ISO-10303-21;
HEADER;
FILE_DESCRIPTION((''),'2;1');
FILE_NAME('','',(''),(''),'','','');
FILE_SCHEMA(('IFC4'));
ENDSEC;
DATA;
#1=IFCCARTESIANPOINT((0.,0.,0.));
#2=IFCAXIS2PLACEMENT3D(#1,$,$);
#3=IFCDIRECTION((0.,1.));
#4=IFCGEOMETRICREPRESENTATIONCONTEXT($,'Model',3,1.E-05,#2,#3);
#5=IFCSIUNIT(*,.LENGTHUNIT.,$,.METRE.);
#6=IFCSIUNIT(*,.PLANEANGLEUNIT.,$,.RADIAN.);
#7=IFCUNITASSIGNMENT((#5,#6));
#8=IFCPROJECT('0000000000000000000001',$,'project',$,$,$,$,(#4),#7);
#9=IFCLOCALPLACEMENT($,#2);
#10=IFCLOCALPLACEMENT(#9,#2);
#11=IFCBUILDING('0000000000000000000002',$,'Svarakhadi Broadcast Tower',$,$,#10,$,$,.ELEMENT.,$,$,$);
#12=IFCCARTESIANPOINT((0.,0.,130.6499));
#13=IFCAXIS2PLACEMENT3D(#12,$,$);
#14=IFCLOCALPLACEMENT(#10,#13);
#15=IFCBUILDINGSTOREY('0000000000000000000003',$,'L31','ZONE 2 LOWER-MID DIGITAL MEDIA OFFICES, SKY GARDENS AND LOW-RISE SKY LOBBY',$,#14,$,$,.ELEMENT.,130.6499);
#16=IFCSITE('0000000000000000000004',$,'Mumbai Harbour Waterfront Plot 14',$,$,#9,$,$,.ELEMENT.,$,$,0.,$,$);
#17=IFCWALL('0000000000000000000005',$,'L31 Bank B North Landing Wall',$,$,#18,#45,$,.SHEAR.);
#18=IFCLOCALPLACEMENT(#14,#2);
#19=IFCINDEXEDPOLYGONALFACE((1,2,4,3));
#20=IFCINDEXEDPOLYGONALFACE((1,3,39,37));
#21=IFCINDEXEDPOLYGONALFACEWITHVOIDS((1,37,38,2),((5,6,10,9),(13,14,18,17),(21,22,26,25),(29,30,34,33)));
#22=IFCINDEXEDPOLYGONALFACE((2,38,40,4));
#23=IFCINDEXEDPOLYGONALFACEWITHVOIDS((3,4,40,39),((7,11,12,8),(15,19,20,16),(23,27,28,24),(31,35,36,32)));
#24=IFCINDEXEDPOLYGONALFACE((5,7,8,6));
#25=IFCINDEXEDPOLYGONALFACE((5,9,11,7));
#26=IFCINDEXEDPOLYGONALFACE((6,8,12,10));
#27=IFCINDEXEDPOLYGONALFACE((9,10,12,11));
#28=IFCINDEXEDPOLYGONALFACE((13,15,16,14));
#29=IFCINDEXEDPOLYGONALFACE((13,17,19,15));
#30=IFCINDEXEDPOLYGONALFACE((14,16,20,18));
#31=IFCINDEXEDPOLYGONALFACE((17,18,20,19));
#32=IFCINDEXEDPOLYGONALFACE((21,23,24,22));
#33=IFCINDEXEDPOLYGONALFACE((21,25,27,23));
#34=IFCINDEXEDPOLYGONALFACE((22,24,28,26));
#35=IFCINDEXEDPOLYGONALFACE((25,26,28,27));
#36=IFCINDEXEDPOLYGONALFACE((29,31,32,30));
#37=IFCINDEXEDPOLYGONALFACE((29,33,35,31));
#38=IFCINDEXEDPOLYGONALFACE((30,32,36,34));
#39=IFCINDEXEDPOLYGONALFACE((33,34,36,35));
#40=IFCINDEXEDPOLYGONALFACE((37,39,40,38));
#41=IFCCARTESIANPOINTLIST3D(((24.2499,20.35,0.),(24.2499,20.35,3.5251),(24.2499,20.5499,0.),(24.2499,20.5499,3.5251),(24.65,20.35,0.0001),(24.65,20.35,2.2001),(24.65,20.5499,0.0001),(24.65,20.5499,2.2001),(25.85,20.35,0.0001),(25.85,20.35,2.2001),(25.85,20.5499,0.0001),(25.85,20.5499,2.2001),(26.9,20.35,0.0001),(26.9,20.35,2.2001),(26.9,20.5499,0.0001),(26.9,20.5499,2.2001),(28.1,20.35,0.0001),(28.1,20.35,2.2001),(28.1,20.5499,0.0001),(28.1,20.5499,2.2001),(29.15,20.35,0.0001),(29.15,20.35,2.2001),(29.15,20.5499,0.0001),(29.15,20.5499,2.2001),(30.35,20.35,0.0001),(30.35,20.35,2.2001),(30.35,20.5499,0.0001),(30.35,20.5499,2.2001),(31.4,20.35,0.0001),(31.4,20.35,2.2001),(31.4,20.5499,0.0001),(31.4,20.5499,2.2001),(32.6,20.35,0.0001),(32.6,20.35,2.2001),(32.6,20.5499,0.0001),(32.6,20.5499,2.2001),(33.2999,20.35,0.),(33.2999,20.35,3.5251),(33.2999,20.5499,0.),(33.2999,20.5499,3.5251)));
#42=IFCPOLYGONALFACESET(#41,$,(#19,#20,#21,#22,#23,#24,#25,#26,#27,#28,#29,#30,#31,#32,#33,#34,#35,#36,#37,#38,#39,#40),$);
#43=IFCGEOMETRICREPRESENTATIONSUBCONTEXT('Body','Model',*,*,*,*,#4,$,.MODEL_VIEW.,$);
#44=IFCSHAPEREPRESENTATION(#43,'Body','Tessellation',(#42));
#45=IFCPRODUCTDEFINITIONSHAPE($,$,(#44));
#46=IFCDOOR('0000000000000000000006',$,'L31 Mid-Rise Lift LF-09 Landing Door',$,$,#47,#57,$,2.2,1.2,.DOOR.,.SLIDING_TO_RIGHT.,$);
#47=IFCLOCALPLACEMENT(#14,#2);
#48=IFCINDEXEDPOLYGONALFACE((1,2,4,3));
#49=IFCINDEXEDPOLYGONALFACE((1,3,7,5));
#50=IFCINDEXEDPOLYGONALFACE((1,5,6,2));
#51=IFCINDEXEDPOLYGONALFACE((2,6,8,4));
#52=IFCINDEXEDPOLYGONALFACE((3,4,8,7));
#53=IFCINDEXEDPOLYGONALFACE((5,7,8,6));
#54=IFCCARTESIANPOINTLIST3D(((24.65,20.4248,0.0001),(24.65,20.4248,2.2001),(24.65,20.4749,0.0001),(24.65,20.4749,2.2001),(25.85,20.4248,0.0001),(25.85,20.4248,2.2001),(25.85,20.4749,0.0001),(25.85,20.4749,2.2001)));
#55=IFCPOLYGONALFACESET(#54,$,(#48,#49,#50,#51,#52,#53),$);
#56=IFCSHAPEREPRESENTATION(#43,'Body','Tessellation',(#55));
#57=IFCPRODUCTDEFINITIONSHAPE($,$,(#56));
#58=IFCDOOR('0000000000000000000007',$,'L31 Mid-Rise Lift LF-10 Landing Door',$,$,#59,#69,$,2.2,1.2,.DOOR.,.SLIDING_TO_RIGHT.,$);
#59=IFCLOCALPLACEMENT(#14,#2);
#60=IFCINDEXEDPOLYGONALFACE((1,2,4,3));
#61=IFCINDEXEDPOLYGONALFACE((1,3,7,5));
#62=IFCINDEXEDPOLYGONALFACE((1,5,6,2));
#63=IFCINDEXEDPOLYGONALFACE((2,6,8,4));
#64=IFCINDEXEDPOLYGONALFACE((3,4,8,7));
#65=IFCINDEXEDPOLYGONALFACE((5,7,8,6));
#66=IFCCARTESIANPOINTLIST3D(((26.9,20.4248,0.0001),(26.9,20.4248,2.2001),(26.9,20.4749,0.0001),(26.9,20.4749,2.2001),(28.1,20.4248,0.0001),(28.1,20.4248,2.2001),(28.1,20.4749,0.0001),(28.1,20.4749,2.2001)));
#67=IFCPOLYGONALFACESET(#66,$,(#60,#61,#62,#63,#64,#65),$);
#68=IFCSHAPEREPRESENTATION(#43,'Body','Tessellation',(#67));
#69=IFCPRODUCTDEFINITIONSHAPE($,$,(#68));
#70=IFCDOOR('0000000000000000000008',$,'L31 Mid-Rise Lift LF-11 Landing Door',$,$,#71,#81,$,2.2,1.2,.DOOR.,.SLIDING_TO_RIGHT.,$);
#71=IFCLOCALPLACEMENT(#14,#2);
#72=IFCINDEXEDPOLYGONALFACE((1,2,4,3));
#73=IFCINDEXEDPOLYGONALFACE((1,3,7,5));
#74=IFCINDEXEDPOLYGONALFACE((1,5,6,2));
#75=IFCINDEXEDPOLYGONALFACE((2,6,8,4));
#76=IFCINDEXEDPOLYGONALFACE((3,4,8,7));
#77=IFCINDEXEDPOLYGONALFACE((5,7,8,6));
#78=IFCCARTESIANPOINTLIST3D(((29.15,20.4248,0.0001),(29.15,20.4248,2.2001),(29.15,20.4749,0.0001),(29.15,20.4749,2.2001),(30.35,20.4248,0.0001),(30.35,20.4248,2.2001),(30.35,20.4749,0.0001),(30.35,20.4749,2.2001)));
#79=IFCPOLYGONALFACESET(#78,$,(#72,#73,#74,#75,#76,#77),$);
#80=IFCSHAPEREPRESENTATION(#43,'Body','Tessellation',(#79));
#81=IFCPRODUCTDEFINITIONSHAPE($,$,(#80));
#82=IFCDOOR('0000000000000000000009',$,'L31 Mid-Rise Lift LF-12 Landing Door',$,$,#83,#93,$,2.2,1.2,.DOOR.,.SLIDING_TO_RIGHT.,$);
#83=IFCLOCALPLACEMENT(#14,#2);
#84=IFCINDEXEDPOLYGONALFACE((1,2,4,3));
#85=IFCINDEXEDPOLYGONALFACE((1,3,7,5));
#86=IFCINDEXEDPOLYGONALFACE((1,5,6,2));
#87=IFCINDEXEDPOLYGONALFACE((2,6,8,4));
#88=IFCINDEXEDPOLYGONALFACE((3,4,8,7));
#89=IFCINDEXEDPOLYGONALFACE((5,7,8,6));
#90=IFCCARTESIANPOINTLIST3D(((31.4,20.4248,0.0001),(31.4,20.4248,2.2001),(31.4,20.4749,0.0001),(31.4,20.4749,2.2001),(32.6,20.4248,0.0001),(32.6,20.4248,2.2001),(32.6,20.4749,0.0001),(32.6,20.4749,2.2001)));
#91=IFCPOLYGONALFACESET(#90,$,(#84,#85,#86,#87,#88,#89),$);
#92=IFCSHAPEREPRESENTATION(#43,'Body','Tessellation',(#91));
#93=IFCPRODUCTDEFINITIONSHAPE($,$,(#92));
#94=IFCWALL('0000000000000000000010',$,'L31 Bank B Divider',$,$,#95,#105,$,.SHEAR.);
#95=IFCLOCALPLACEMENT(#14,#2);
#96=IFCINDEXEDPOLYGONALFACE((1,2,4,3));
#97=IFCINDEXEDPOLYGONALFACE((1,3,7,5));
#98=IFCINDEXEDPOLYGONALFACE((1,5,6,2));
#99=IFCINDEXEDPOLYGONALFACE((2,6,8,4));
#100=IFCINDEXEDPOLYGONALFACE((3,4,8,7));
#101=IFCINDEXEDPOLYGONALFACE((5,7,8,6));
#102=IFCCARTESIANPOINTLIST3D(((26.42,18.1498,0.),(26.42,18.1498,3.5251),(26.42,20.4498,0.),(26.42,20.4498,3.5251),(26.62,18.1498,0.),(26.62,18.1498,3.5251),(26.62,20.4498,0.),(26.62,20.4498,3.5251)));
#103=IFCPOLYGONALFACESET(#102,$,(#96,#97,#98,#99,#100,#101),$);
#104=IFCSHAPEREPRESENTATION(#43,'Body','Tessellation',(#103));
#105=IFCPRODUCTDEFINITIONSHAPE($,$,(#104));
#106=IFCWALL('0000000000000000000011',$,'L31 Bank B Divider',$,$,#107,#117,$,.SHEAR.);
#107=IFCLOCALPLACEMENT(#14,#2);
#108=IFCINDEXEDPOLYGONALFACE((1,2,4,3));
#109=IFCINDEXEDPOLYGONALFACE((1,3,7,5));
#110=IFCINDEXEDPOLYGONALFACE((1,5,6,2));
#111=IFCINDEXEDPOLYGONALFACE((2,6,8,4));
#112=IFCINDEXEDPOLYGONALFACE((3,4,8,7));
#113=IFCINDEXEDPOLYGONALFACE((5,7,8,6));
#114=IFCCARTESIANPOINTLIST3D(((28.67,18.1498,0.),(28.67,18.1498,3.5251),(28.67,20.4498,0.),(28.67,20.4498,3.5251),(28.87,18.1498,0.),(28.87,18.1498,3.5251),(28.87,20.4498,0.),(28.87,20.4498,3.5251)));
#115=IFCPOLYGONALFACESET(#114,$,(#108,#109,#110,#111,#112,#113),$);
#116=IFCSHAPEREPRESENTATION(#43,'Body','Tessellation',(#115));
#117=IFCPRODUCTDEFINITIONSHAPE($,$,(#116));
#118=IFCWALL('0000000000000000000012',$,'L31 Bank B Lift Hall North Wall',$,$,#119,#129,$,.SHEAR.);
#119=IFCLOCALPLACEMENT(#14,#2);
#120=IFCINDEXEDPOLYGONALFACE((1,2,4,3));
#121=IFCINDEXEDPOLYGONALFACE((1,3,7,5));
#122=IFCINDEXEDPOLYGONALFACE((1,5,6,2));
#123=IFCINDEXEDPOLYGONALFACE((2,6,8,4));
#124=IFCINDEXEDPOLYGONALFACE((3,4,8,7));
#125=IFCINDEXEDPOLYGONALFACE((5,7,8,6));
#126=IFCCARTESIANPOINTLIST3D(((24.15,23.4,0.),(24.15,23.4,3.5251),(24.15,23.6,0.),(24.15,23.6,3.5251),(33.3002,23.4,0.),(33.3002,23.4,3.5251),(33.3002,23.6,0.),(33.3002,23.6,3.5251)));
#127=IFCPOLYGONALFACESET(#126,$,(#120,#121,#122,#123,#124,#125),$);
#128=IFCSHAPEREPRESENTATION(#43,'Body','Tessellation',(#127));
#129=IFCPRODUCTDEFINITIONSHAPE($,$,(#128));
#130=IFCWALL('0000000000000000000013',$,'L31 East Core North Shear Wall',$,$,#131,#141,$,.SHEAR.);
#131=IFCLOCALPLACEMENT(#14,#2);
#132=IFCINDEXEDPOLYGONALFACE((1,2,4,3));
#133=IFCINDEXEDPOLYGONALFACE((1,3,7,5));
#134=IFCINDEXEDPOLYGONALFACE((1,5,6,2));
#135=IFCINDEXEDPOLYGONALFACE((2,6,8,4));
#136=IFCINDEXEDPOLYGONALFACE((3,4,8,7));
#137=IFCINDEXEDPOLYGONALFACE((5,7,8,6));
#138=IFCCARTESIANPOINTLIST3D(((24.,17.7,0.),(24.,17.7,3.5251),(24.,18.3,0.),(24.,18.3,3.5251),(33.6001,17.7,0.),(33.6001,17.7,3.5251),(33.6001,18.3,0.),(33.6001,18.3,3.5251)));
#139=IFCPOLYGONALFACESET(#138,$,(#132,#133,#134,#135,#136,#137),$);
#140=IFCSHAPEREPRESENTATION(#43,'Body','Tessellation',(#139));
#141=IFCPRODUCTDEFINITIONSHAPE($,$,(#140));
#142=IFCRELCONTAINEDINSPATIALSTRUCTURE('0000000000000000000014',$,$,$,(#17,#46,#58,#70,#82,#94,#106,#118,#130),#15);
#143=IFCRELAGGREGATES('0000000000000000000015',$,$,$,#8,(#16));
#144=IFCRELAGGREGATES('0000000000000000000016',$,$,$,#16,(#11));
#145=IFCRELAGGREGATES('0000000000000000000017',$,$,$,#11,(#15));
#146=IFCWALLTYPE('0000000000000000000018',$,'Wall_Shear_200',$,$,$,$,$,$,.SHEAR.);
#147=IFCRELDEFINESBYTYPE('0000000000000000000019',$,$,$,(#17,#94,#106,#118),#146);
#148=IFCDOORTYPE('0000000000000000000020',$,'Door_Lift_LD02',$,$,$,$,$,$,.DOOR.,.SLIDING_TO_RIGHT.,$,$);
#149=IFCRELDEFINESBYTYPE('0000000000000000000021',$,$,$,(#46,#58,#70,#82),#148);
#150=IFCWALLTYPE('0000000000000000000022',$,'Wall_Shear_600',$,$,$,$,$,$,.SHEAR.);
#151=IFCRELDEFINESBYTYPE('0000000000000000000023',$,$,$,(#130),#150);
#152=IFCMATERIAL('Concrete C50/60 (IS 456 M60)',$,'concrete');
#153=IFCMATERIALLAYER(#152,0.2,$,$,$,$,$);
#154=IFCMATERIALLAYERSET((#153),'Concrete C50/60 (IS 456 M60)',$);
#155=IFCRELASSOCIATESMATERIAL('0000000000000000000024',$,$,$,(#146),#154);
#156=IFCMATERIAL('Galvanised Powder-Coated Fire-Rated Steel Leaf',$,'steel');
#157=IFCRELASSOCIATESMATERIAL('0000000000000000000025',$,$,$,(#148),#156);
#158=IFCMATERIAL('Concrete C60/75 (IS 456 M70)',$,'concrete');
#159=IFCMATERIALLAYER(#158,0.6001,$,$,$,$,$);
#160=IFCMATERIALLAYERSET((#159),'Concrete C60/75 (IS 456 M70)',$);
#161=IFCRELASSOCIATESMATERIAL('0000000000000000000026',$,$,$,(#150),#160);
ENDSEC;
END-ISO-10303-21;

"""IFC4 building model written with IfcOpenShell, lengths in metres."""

from ifc_helpers import new_model, si_unit, direction, frame, frame_2d, origin, place, context, subcontext, project, spatial, rectangle, extrude, material, layer, layer_set, type_object, element, fill, save


model = new_model("IFC4")

# Units and contexts
model_context = context("Model", 3, precision=1e-05, world=origin(), true_north=direction((0.0, 1.0)))
body_context = subcontext(model_context, "Body", "Model", "MODEL_VIEW")
ifc_project = project(units=[si_unit("LENGTHUNIT", "METRE"), si_unit("PLANEANGLEUNIT", "RADIAN")], contexts=[model_context])

# Site, building, storey
site_placement = place(None, origin())
site = spatial("IfcSite", under=ifc_project, at=site_placement, Name="Mumbai Harbour Waterfront Plot 14", CompositionType="ELEMENT", RefElevation=0.0)
building_placement = place(site_placement, origin())
building = spatial("IfcBuilding", under=site, at=building_placement, Name="Svarakhadi Broadcast Tower", CompositionType="ELEMENT")
storey_placement = place(building_placement, frame((0.0, 0.0, 130.6499)))
storey = spatial("IfcBuildingStorey", under=building, at=storey_placement, Name="L31", Description="ZONE 2 LOWER-MID DIGITAL MEDIA OFFICES, SKY GARDENS AND LOW-RISE SKY LOBBY", CompositionType="ELEMENT", Elevation=130.6499)

# Shared definitions
ifc_material_1 = material(Name="Concrete C50/60 (IS 456 M60)", Category="concrete")
ifc_layer_1 = layer(ifc_material_1, 0.2)
ifc_layer_set_1 = layer_set([ifc_layer_1], Name="Concrete C50/60 (IS 456 M60)")
wall_type_1 = type_object("IfcWallType", Name="Wall_Shear_200", PredefinedType="SHEAR", material=ifc_layer_set_1)

# Wall, openings, doors
wall_1_placement = place(storey_placement, frame((24.25, 20.45, 0.0), z_axis=(0.0, 0.0, 1.0), x_axis=(1.0, 0.0, 0.0)))
wall_1 = element("IfcWall", 1, at=wall_1_placement, inside=storey, type_object=wall_type_1, Name="L31 Bank B North Landing Wall", PredefinedType="SHEAR", context=body_context, shape_type="SweptSolid", body=[
    extrude(rectangle(XDim=9.05, YDim=0.2, at=frame_2d((4.5249, 0.0))), origin(), (0.0, 0.0, 1.0), 3.5251),
])
opening_1_placement = place(wall_1_placement, frame((0.3999, 0.0, 0.0)))
opening_1 = element("IfcOpeningElement", 2, at=opening_1_placement, cuts=wall_1, PredefinedType="OPENING", context=body_context, shape_type="SweptSolid", body=[
    extrude(rectangle(XDim=1.2, YDim=2.2, at=frame_2d((0.6001, 1.1001))), frame((0.0, 0.1099, 0.0), z_axis=(0.0, -1.0, 0.0), x_axis=(1.0, 0.0, 0.0)), (0.0, 0.0, 1.0), 0.22),
])
opening_2_placement = place(wall_1_placement, frame((2.6499, 0.0, 0.0)))
opening_2 = element("IfcOpeningElement", 3, at=opening_2_placement, cuts=wall_1, PredefinedType="OPENING", context=body_context, shape_type="SweptSolid", body=[
    extrude(rectangle(XDim=1.2, YDim=2.2, at=frame_2d((0.6001, 1.1001))), frame((0.0, 0.1099, 0.0), z_axis=(0.0, -1.0, 0.0), x_axis=(1.0, 0.0, 0.0)), (0.0, 0.0, 1.0), 0.22),
])
opening_3_placement = place(wall_1_placement, frame((4.8999, 0.0, 0.0)))
opening_3 = element("IfcOpeningElement", 4, at=opening_3_placement, cuts=wall_1, PredefinedType="OPENING", context=body_context, shape_type="SweptSolid", body=[
    extrude(rectangle(XDim=1.2, YDim=2.2, at=frame_2d((0.6001, 1.1001))), frame((0.0, 0.1099, 0.0), z_axis=(0.0, -1.0, 0.0), x_axis=(1.0, 0.0, 0.0)), (0.0, 0.0, 1.0), 0.22),
])
opening_4_placement = place(wall_1_placement, frame((7.1499, 0.0, 0.0)))
opening_4 = element("IfcOpeningElement", 5, at=opening_4_placement, cuts=wall_1, PredefinedType="OPENING", context=body_context, shape_type="SweptSolid", body=[
    extrude(rectangle(XDim=1.2, YDim=2.2, at=frame_2d((0.6001, 1.1001))), frame((0.0, 0.1099, 0.0), z_axis=(0.0, -1.0, 0.0), x_axis=(1.0, 0.0, 0.0)), (0.0, 0.0, 1.0), 0.22),
])
ifc_material_2 = material(Name="Galvanised Powder-Coated Fire-Rated Steel Leaf", Category="steel")
door_type_1 = type_object("IfcDoorType", Name="Door_Lift_LD02", OperationType="SLIDING_TO_RIGHT", PredefinedType="DOOR", material=ifc_material_2)
door_1_placement = place(opening_1_placement, origin())
door_1 = element("IfcDoor", 6, at=door_1_placement, inside=storey, type_object=door_type_1, Name="L31 Mid-Rise Lift LF-09 Landing Door", OperationType="SLIDING_TO_RIGHT", OverallHeight=2.2, OverallWidth=1.2, PredefinedType="DOOR", context=body_context, shape_type="SweptSolid", body=[
    extrude(rectangle(XDim=1.2, YDim=2.2, at=frame_2d((0.6001, 1.1001))), frame((0.0, 0.0249, 0.0), z_axis=(0.0, -1.0, 0.0), x_axis=(1.0, 0.0, 0.0)), (0.0, 0.0, 1.0), 0.05),
])
fill(opening_1, door_1)
door_2_placement = place(opening_2_placement, origin())
door_2 = element("IfcDoor", 7, at=door_2_placement, inside=storey, type_object=door_type_1, Name="L31 Mid-Rise Lift LF-10 Landing Door", OperationType="SLIDING_TO_RIGHT", OverallHeight=2.2, OverallWidth=1.2, PredefinedType="DOOR", context=body_context, shape_type="SweptSolid", body=[
    extrude(rectangle(XDim=1.2, YDim=2.2, at=frame_2d((0.6001, 1.1001))), frame((0.0, 0.0249, 0.0), z_axis=(0.0, -1.0, 0.0), x_axis=(1.0, 0.0, 0.0)), (0.0, 0.0, 1.0), 0.05),
])
fill(opening_2, door_2)
door_3_placement = place(opening_3_placement, origin())
door_3 = element("IfcDoor", 8, at=door_3_placement, inside=storey, type_object=door_type_1, Name="L31 Mid-Rise Lift LF-11 Landing Door", OperationType="SLIDING_TO_RIGHT", OverallHeight=2.2, OverallWidth=1.2, PredefinedType="DOOR", context=body_context, shape_type="SweptSolid", body=[
    extrude(rectangle(XDim=1.2, YDim=2.2, at=frame_2d((0.6001, 1.1001))), frame((0.0, 0.0249, 0.0), z_axis=(0.0, -1.0, 0.0), x_axis=(1.0, 0.0, 0.0)), (0.0, 0.0, 1.0), 0.05),
])
fill(opening_3, door_3)
door_4_placement = place(opening_4_placement, origin())
door_4 = element("IfcDoor", 9, at=door_4_placement, inside=storey, type_object=door_type_1, Name="L31 Mid-Rise Lift LF-12 Landing Door", OperationType="SLIDING_TO_RIGHT", OverallHeight=2.2, OverallWidth=1.2, PredefinedType="DOOR", context=body_context, shape_type="SweptSolid", body=[
    extrude(rectangle(XDim=1.2, YDim=2.2, at=frame_2d((0.6001, 1.1001))), frame((0.0, 0.0249, 0.0), z_axis=(0.0, -1.0, 0.0), x_axis=(1.0, 0.0, 0.0)), (0.0, 0.0, 1.0), 0.05),
])
fill(opening_4, door_4)

# Walls
for number, where, z_axis, x_axis, name in (
    (10, (26.52, 18.1499, 0.0), (0.0, 0.0, 1.0), (0.0, 1.0, 0.0), "L31 Bank B Divider"),
    (11, (28.77, 18.1499, 0.0), (0.0, 0.0, 1.0), (0.0, 1.0, 0.0), "L31 Bank B Divider"),
):
    element("IfcWall", number, at=place(storey_placement, frame(where, z_axis=z_axis, x_axis=x_axis)), inside=storey, type_object=wall_type_1, Name=name, PredefinedType="SHEAR", context=body_context, shape_type="SweptSolid", body=[
        extrude(rectangle(XDim=2.3, YDim=0.2, at=frame_2d((1.1499, 0.0))), origin(), (0.0, 0.0, 1.0), 3.5251),
    ])
wall_2_placement = place(storey_placement, frame((24.1499, 23.5, 0.0), z_axis=(0.0, 0.0, 1.0), x_axis=(1.0, 0.0, 0.0)))
element("IfcWall", 12, at=wall_2_placement, inside=storey, type_object=wall_type_1, Name="L31 Bank B Lift Hall North Wall", PredefinedType="SHEAR", context=body_context, shape_type="SweptSolid", body=[
    extrude(rectangle(XDim=9.1501, YDim=0.2, at=frame_2d((4.5752, 0.0))), origin(), (0.0, 0.0, 1.0), 3.5251),
])

# Wall
ifc_material_3 = material(Name="Concrete C60/75 (IS 456 M70)", Category="concrete")
ifc_layer_2 = layer(ifc_material_3, 0.6001)
ifc_layer_set_2 = layer_set([ifc_layer_2], Name="Concrete C60/75 (IS 456 M70)")
wall_type_2 = type_object("IfcWallType", Name="Wall_Shear_600", PredefinedType="SHEAR", material=ifc_layer_set_2)
wall_3_placement = place(storey_placement, frame((24.0, 18.0, 0.0), z_axis=(0.0, 0.0, 1.0), x_axis=(1.0, 0.0, 0.0)))
element("IfcWall", 13, at=wall_3_placement, inside=storey, type_object=wall_type_2, Name="L31 East Core North Shear Wall", PredefinedType="SHEAR", context=body_context, shape_type="SweptSolid", body=[
    extrude(rectangle(XDim=9.6001, YDim=0.6001, at=frame_2d((4.8, 0.0))), origin(), (0.0, 0.0, 1.0), 3.5251),
])

save(model, "model.ifc")
